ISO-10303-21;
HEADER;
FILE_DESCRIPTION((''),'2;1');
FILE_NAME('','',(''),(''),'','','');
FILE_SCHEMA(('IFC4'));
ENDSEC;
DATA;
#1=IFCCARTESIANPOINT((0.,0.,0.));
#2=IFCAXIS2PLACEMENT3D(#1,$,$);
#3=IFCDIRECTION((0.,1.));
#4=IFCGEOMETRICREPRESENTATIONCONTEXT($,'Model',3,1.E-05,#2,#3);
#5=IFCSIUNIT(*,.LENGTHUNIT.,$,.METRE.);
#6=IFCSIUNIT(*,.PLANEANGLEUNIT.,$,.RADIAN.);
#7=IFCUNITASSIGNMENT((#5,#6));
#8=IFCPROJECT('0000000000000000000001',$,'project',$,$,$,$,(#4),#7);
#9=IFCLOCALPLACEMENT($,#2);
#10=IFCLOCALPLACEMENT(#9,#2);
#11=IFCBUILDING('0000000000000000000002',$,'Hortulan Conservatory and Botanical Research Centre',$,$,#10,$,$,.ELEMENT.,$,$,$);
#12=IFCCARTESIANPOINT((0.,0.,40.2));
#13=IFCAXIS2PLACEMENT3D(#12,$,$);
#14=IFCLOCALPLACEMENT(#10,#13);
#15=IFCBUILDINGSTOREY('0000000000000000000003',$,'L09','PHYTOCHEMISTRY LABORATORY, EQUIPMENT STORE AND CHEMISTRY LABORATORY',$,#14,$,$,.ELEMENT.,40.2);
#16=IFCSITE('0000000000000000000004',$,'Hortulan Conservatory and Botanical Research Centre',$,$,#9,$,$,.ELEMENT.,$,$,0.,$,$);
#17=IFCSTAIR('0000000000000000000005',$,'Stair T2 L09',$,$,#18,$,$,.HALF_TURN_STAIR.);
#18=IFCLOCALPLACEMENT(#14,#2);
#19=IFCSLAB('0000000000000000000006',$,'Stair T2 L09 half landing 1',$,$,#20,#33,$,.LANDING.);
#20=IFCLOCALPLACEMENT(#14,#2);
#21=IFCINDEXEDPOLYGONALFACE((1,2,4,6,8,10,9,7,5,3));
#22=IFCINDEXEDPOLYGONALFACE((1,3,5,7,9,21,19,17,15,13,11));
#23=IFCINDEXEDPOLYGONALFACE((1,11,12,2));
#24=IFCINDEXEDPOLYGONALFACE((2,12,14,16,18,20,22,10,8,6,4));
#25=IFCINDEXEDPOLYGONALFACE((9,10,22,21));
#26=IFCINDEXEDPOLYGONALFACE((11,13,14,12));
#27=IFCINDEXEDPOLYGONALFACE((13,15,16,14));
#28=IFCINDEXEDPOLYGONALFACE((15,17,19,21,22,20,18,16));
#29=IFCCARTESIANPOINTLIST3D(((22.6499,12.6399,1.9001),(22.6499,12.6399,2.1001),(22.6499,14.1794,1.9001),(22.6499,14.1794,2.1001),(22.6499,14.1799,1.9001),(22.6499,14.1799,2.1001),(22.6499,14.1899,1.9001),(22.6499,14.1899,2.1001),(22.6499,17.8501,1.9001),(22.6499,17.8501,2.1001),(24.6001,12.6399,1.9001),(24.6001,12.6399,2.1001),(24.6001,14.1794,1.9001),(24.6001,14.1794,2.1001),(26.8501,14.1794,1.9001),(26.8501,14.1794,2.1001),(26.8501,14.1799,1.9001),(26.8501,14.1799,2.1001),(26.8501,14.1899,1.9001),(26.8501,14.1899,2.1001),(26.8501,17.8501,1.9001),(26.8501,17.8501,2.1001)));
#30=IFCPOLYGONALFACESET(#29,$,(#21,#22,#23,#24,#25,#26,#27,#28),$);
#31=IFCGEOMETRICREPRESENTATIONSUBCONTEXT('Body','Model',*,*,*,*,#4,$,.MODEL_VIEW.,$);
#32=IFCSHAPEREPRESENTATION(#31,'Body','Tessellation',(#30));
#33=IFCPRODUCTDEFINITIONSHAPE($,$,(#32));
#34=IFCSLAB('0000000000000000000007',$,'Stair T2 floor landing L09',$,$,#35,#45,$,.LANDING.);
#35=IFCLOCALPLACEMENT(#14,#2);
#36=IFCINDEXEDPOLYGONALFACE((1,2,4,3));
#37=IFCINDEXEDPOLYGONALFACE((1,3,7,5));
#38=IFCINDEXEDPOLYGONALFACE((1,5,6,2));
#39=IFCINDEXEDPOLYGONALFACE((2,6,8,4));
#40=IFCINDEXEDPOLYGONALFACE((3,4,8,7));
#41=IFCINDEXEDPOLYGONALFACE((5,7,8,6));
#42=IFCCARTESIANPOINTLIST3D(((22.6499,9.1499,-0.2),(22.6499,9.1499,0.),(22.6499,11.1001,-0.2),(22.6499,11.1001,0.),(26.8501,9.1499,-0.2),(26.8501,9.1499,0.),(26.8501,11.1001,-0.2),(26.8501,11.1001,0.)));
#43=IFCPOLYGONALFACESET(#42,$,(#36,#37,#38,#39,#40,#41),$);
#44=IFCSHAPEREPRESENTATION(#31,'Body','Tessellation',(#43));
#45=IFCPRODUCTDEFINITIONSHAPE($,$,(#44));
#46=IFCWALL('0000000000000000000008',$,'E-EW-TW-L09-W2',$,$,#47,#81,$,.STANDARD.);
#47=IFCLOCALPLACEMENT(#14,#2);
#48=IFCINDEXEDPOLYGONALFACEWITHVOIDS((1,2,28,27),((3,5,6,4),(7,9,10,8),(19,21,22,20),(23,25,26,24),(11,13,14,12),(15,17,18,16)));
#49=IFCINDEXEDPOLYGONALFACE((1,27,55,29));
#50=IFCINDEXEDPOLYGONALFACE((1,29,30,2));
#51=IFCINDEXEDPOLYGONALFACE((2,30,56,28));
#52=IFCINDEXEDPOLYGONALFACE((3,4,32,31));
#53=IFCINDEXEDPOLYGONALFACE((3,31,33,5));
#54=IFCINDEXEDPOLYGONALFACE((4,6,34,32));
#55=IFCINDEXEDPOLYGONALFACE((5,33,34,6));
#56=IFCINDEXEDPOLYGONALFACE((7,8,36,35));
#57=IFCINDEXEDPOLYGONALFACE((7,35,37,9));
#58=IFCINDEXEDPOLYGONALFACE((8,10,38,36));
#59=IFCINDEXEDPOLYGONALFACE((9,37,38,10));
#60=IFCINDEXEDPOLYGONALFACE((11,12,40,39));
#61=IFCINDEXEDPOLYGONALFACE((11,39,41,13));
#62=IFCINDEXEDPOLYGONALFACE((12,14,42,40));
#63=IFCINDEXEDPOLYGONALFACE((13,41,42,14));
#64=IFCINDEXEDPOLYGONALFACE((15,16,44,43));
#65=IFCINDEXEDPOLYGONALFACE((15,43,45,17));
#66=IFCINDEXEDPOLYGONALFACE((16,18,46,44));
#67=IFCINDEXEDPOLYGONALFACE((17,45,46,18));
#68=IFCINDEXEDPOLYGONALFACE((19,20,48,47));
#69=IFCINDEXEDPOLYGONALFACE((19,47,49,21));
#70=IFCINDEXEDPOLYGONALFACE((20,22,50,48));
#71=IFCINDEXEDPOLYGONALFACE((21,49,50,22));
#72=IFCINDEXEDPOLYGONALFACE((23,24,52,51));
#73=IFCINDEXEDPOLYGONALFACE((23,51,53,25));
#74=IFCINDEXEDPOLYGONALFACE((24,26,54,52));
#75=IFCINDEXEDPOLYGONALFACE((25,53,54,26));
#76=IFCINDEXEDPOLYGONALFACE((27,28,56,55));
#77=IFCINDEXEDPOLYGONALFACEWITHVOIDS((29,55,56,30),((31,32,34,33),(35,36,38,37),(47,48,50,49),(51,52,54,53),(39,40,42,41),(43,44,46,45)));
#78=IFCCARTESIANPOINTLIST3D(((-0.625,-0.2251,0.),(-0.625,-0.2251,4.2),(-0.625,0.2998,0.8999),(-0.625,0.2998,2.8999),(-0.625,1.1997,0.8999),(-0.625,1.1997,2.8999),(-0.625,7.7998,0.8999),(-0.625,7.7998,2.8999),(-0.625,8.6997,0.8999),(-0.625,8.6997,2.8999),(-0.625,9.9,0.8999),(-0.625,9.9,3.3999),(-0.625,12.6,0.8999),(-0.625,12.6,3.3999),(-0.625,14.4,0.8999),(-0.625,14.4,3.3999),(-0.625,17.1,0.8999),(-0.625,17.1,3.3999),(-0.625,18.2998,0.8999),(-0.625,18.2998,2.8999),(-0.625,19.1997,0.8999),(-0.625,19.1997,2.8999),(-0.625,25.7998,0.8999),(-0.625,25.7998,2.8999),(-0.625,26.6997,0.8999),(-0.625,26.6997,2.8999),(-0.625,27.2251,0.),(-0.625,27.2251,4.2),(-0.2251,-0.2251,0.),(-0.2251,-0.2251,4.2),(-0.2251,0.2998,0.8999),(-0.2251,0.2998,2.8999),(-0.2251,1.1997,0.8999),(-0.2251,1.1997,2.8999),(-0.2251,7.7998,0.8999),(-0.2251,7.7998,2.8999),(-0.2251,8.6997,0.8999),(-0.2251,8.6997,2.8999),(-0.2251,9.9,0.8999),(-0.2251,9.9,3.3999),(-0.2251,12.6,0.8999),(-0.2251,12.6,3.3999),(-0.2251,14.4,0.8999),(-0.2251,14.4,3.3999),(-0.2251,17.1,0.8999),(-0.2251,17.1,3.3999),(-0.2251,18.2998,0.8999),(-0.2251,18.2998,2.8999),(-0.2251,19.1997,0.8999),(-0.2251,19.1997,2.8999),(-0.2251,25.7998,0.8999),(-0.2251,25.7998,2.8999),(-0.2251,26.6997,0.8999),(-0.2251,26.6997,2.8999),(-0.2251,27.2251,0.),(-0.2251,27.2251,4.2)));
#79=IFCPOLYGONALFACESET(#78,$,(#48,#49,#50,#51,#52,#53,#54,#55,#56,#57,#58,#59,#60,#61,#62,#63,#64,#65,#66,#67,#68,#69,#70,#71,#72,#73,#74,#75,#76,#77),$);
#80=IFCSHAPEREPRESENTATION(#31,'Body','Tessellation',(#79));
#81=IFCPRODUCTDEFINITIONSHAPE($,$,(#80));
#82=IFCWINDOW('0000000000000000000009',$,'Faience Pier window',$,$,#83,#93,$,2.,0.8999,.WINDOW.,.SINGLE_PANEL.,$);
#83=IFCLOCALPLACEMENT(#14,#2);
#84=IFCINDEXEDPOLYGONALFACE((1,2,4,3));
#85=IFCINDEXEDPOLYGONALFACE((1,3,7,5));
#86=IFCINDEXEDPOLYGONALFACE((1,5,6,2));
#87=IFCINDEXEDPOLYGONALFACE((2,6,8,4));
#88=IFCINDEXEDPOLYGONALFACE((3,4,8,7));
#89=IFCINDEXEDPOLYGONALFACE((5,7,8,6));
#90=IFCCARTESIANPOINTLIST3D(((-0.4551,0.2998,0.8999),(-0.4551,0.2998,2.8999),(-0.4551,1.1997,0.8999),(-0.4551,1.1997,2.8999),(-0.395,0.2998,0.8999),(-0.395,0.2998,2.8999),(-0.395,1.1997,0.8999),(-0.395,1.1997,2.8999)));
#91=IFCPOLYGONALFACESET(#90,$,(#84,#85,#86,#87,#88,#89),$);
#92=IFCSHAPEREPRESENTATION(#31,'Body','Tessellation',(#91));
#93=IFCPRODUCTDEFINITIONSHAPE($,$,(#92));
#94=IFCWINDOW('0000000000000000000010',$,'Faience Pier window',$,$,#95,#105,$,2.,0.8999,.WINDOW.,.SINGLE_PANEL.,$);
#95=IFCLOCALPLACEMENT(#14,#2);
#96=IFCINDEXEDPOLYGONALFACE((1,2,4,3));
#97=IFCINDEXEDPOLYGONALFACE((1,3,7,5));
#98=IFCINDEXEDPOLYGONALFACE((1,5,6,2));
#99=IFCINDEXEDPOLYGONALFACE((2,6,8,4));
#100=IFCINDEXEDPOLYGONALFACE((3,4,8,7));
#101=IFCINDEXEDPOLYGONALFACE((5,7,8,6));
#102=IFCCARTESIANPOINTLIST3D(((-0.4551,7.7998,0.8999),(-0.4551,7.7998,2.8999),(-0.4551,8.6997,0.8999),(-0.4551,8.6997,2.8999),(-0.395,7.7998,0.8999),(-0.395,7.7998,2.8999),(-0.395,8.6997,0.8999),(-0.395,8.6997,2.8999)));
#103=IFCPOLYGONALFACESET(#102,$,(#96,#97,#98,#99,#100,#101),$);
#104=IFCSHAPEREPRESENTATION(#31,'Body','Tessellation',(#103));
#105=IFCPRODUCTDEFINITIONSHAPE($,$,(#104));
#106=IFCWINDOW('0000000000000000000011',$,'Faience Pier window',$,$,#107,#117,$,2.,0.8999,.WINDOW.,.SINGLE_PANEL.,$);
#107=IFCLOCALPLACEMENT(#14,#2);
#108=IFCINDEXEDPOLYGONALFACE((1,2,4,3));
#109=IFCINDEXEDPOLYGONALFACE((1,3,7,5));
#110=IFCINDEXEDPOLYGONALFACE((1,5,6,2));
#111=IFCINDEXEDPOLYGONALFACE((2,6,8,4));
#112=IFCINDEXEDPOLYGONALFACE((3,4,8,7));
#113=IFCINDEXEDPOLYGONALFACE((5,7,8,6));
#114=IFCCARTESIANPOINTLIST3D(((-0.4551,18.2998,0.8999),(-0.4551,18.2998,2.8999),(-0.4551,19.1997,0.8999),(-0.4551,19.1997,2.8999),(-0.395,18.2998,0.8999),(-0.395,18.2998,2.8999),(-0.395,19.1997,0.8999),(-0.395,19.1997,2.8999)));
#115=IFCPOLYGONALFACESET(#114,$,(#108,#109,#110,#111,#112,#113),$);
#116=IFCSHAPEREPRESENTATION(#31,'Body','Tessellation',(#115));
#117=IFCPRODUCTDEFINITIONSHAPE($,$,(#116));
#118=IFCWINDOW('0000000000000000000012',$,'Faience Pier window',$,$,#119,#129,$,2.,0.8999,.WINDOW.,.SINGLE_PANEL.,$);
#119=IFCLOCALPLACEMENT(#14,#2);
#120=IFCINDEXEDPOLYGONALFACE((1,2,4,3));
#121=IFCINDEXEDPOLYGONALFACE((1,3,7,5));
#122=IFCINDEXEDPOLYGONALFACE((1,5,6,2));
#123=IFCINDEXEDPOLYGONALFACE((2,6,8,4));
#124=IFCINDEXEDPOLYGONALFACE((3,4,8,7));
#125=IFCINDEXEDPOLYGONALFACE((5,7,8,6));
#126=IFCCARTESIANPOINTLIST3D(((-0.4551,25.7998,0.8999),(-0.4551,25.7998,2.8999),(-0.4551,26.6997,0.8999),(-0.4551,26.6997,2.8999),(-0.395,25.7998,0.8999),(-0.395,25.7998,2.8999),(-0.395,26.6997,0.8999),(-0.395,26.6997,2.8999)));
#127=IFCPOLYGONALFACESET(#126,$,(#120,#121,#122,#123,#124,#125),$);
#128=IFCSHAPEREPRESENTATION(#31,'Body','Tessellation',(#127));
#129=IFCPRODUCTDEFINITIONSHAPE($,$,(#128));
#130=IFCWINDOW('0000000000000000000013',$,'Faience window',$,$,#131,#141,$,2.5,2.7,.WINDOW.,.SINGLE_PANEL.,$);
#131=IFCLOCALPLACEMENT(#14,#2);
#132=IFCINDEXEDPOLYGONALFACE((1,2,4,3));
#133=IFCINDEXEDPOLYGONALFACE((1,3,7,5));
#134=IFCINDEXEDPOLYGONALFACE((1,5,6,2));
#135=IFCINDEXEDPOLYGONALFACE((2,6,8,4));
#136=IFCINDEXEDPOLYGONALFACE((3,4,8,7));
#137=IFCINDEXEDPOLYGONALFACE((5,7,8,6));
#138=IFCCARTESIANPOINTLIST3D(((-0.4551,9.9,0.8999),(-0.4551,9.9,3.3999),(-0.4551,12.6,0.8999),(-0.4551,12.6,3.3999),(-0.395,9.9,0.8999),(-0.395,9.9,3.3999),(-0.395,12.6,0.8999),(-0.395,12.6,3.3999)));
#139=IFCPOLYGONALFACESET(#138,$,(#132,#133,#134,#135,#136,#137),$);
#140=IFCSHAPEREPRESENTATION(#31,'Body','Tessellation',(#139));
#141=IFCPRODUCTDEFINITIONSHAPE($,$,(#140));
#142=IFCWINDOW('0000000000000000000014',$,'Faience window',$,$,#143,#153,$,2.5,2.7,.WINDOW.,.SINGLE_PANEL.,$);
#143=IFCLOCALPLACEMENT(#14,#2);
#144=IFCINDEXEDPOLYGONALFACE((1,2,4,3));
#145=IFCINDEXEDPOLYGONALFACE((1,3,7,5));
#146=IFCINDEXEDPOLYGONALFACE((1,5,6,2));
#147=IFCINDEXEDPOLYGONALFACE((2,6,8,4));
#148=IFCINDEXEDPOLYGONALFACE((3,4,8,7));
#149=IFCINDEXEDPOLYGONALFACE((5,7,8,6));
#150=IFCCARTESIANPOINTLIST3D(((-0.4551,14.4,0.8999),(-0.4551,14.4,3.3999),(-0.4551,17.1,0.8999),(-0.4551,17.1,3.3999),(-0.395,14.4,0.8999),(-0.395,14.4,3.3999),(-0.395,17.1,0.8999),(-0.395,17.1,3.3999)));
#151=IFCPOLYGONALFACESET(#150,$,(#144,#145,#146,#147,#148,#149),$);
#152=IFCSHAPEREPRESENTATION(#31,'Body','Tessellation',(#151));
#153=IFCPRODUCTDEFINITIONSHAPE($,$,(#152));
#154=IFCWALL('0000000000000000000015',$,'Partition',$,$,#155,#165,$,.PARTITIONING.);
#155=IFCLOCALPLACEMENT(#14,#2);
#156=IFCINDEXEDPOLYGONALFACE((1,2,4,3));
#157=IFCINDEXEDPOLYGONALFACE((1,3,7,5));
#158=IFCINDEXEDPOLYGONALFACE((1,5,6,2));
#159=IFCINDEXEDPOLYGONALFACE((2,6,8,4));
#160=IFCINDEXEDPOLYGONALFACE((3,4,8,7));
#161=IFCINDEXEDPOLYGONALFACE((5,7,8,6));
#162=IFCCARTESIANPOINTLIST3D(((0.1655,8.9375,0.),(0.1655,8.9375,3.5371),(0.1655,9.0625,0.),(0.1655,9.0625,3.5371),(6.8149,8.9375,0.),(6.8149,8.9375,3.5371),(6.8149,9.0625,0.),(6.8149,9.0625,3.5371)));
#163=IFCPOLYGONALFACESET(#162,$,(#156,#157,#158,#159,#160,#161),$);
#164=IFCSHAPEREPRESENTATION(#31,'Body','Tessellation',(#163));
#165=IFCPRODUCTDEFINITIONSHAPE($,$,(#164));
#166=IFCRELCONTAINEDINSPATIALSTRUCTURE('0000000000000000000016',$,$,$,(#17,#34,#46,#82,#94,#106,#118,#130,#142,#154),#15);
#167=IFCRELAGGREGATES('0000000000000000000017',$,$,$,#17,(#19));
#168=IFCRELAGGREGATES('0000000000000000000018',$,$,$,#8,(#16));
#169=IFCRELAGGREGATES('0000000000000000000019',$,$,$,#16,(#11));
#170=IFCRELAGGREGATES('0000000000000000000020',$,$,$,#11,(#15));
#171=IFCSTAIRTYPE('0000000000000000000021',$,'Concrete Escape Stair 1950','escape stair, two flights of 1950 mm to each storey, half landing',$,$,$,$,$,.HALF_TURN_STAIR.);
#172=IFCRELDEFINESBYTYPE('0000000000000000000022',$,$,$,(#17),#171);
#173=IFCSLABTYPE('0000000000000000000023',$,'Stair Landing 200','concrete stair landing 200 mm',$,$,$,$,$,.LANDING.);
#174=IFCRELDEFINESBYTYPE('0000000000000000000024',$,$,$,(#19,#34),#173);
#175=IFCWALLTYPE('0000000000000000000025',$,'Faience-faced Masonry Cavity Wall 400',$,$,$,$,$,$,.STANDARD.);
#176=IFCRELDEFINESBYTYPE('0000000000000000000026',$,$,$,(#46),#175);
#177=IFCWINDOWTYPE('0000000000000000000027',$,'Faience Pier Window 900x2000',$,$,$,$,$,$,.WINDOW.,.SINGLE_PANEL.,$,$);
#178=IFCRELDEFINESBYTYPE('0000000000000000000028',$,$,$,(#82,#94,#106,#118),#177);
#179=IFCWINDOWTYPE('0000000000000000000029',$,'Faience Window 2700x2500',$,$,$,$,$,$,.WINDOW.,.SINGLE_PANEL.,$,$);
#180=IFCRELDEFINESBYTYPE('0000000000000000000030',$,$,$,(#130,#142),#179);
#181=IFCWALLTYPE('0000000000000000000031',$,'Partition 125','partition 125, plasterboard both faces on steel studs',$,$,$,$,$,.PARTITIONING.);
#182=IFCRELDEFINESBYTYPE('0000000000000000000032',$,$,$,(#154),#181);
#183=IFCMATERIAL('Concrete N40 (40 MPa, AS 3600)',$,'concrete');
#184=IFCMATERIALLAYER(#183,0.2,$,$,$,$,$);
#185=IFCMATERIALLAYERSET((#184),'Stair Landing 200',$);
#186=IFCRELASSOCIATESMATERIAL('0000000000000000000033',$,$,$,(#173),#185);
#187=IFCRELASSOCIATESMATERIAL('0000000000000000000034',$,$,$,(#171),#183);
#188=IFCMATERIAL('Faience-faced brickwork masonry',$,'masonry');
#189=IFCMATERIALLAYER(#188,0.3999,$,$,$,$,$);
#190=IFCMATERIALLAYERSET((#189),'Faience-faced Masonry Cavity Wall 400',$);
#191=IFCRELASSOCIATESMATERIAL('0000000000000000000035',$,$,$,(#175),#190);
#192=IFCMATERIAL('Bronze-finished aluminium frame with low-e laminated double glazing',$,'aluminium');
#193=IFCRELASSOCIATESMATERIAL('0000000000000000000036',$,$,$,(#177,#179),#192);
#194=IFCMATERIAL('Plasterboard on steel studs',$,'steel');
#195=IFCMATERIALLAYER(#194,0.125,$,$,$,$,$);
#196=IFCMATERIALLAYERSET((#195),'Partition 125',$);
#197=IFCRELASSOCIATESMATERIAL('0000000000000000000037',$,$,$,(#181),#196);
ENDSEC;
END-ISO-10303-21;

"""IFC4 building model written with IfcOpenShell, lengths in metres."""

from ifc_helpers import new_model, si_unit, direction, frame, frame_2d, origin, place, context, subcontext, project, spatial, polyline, rectangle, outline, extrude, material, layer, layer_set, type_object, element, fill, aggregate, save


model = new_model("IFC4")

# Units and contexts
model_context = context("Model", 3, precision=1e-05, world=origin(), true_north=direction((0.0, 1.0)))
body_context = subcontext(model_context, "Body", "Model", "MODEL_VIEW")
ifc_project = project(units=[si_unit("LENGTHUNIT", "METRE"), si_unit("PLANEANGLEUNIT", "RADIAN")], contexts=[model_context])

# Site, building, storey
site_placement = place(None, origin())
site = spatial("IfcSite", under=ifc_project, at=site_placement, Name="Hortulan Conservatory and Botanical Research Centre", CompositionType="ELEMENT", RefElevation=0.0)
building_placement = place(site_placement, origin())
building = spatial("IfcBuilding", under=site, at=building_placement, Name="Hortulan Conservatory and Botanical Research Centre", CompositionType="ELEMENT")
storey_placement = place(building_placement, frame((0.0, 0.0, 40.2)))
storey = spatial("IfcBuildingStorey", under=building, at=storey_placement, Name="L09", Description="PHYTOCHEMISTRY LABORATORY, EQUIPMENT STORE AND CHEMISTRY LABORATORY", CompositionType="ELEMENT", Elevation=40.2)

# Shared definitions
ifc_material_1 = material(Name="Concrete N40 (40 MPa, AS 3600)", Category="concrete")
ifc_layer_1 = layer(ifc_material_1, 0.2)
ifc_layer_set_1 = layer_set([ifc_layer_1], Name="Stair Landing 200")
slab_type_1 = type_object("IfcSlabType", Name="Stair Landing 200", Description="concrete stair landing 200 mm", PredefinedType="LANDING", material=ifc_layer_set_1)

# Stair, slab
stair_type_1 = type_object("IfcStairType", Name="Concrete Escape Stair 1950", Description="escape stair, two flights of 1950 mm to each storey, half landing", PredefinedType="HALF_TURN_STAIR", material=ifc_material_1)
stair_1_placement = place(storey_placement, origin())
stair_1 = element("IfcStair", 1, at=stair_1_placement, inside=storey, type_object=stair_type_1, Name="Stair T2 L09", PredefinedType="HALF_TURN_STAIR")
slab_1_placement = place(storey_placement, frame((0.0, 0.0, 1.9001)))
slab_1 = element("IfcSlab", 2, at=slab_1_placement, type_object=slab_type_1, Name="Stair T2 L09 half landing 1", PredefinedType="LANDING", context=body_context, shape_type="SweptSolid", body=[
    extrude(outline(polyline([(26.8501, 14.1794), (24.6001, 14.1794), (24.6001, 12.6399), (22.6499, 12.6399), (22.6499, 14.1794), (22.6499, 14.1799), (22.6499, 14.1899), (22.6499, 17.8501), (26.8501, 17.8501), (26.8501, 14.1899), (26.8501, 14.1799), (26.8501, 14.1794)])), origin(), (0.0, 0.0, 1.0), 0.2),
])
aggregate(stair_1, [slab_1])

# Slab
slab_2_placement = place(storey_placement, frame((0.0, 0.0, -0.2)))
element("IfcSlab", 3, at=slab_2_placement, inside=storey, type_object=slab_type_1, Name="Stair T2 floor landing L09", PredefinedType="LANDING", context=body_context, shape_type="SweptSolid", body=[
    extrude(outline(polyline([(26.8501, 9.1499), (22.6499, 9.1499), (22.6499, 11.1001), (26.8501, 11.1001), (26.8501, 9.1499)])), origin(), (0.0, 0.0, 1.0), 0.2),
])

# Wall, openings, windows
ifc_material_2 = material(Name="Faience-faced brickwork masonry", Category="masonry")
ifc_layer_2 = layer(ifc_material_2, 0.3999)
ifc_layer_set_2 = layer_set([ifc_layer_2], Name="Faience-faced Masonry Cavity Wall 400")
wall_type_1 = type_object("IfcWallType", Name="Faience-faced Masonry Cavity Wall 400", PredefinedType="STANDARD", material=ifc_layer_set_2)
wall_1_placement = place(storey_placement, frame((-0.425, -0.2251, 0.0), z_axis=(0.0, 0.0, 1.0), x_axis=(0.0, 1.0, 0.0)))
wall_1 = element("IfcWall", 4, at=wall_1_placement, inside=storey, type_object=wall_type_1, Name="E-EW-TW-L09-W2", PredefinedType="STANDARD", context=body_context, shape_type="SweptSolid", body=[
    extrude(rectangle(XDim=27.4502, YDim=0.3999, at=frame_2d((13.7251, 0.0))), origin(), (0.0, 0.0, 1.0), 4.2),
])
opening_1_placement = place(wall_1_placement, frame((0.5249, 0.0, 0.8999)))
opening_1 = element("IfcOpeningElement", 5, at=opening_1_placement, cuts=wall_1, PredefinedType="OPENING", context=body_context, shape_type="SweptSolid", body=[
    extrude(rectangle(XDim=0.8999, YDim=2.0, at=frame_2d((0.45, 1.0))), frame((0.0, 0.21, 0.0), z_axis=(0.0, -1.0, 0.0), x_axis=(1.0, 0.0, 0.0)), (0.0, 0.0, 1.0), 0.4199),
])
opening_2_placement = place(wall_1_placement, frame((8.0249, 0.0, 0.8999)))
opening_2 = element("IfcOpeningElement", 6, at=opening_2_placement, cuts=wall_1, PredefinedType="OPENING", context=body_context, shape_type="SweptSolid", body=[
    extrude(rectangle(XDim=0.8999, YDim=2.0, at=frame_2d((0.45, 1.0))), frame((0.0, 0.21, 0.0), z_axis=(0.0, -1.0, 0.0), x_axis=(1.0, 0.0, 0.0)), (0.0, 0.0, 1.0), 0.4199),
])
opening_3_placement = place(wall_1_placement, frame((10.125, 0.0, 0.8999)))
opening_3 = element("IfcOpeningElement", 7, at=opening_3_placement, cuts=wall_1, PredefinedType="OPENING", context=body_context, shape_type="SweptSolid", body=[
    extrude(rectangle(XDim=2.7, YDim=2.5, at=frame_2d((1.3501, 1.25))), frame((0.0, 0.21, 0.0), z_axis=(0.0, -1.0, 0.0), x_axis=(1.0, 0.0, 0.0)), (0.0, 0.0, 1.0), 0.4199),
])
opening_4_placement = place(wall_1_placement, frame((14.625, 0.0, 0.8999)))
opening_4 = element("IfcOpeningElement", 8, at=opening_4_placement, cuts=wall_1, PredefinedType="OPENING", context=body_context, shape_type="SweptSolid", body=[
    extrude(rectangle(XDim=2.7, YDim=2.5, at=frame_2d((1.3501, 1.25))), frame((0.0, 0.21, 0.0), z_axis=(0.0, -1.0, 0.0), x_axis=(1.0, 0.0, 0.0)), (0.0, 0.0, 1.0), 0.4199),
])
opening_5_placement = place(wall_1_placement, frame((18.5249, 0.0, 0.8999)))
opening_5 = element("IfcOpeningElement", 9, at=opening_5_placement, cuts=wall_1, PredefinedType="OPENING", context=body_context, shape_type="SweptSolid", body=[
    extrude(rectangle(XDim=0.8999, YDim=2.0, at=frame_2d((0.45, 1.0))), frame((0.0, 0.21, 0.0), z_axis=(0.0, -1.0, 0.0), x_axis=(1.0, 0.0, 0.0)), (0.0, 0.0, 1.0), 0.4199),
])
opening_6_placement = place(wall_1_placement, frame((26.0249, 0.0, 0.8999)))
opening_6 = element("IfcOpeningElement", 10, at=opening_6_placement, cuts=wall_1, PredefinedType="OPENING", context=body_context, shape_type="SweptSolid", body=[
    extrude(rectangle(XDim=0.8999, YDim=2.0, at=frame_2d((0.45, 1.0))), frame((0.0, 0.21, 0.0), z_axis=(0.0, -1.0, 0.0), x_axis=(1.0, 0.0, 0.0)), (0.0, 0.0, 1.0), 0.4199),
])
ifc_material_3 = material(Name="Bronze-finished aluminium frame with low-e laminated double glazing", Category="aluminium")
window_type_1 = type_object("IfcWindowType", Name="Faience Pier Window 900x2000", PartitioningType="SINGLE_PANEL", PredefinedType="WINDOW", material=ifc_material_3)
window_1_placement = place(opening_1_placement, origin())
window_1 = element("IfcWindow", 11, at=window_1_placement, inside=storey, type_object=window_type_1, Name="Faience Pier window", OverallHeight=2.0, OverallWidth=0.8999, PartitioningType="SINGLE_PANEL", PredefinedType="WINDOW", context=body_context, shape_type="SweptSolid", body=[
    extrude(rectangle(XDim=0.8999, YDim=2.0, at=frame_2d((0.45, 1.0))), frame((0.0, 0.03, 0.0), z_axis=(0.0, -1.0, 0.0), x_axis=(1.0, 0.0, 0.0)), (0.0, 0.0, 1.0), 0.0601),
])
fill(opening_1, window_1)
window_2_placement = place(opening_2_placement, origin())
window_2 = element("IfcWindow", 12, at=window_2_placement, inside=storey, type_object=window_type_1, Name="Faience Pier window", OverallHeight=2.0, OverallWidth=0.8999, PartitioningType="SINGLE_PANEL", PredefinedType="WINDOW", context=body_context, shape_type="SweptSolid", body=[
    extrude(rectangle(XDim=0.8999, YDim=2.0, at=frame_2d((0.45, 1.0))), frame((0.0, 0.03, 0.0), z_axis=(0.0, -1.0, 0.0), x_axis=(1.0, 0.0, 0.0)), (0.0, 0.0, 1.0), 0.0601),
])
fill(opening_2, window_2)
window_3_placement = place(opening_5_placement, origin())
window_3 = element("IfcWindow", 13, at=window_3_placement, inside=storey, type_object=window_type_1, Name="Faience Pier window", OverallHeight=2.0, OverallWidth=0.8999, PartitioningType="SINGLE_PANEL", PredefinedType="WINDOW", context=body_context, shape_type="SweptSolid", body=[
    extrude(rectangle(XDim=0.8999, YDim=2.0, at=frame_2d((0.45, 1.0))), frame((0.0, 0.03, 0.0), z_axis=(0.0, -1.0, 0.0), x_axis=(1.0, 0.0, 0.0)), (0.0, 0.0, 1.0), 0.0601),
])
fill(opening_5, window_3)
window_4_placement = place(opening_6_placement, origin())
window_4 = element("IfcWindow", 14, at=window_4_placement, inside=storey, type_object=window_type_1, Name="Faience Pier window", OverallHeight=2.0, OverallWidth=0.8999, PartitioningType="SINGLE_PANEL", PredefinedType="WINDOW", context=body_context, shape_type="SweptSolid", body=[
    extrude(rectangle(XDim=0.8999, YDim=2.0, at=frame_2d((0.45, 1.0))), frame((0.0, 0.03, 0.0), z_axis=(0.0, -1.0, 0.0), x_axis=(1.0, 0.0, 0.0)), (0.0, 0.0, 1.0), 0.0601),
])
fill(opening_6, window_4)
window_type_2 = type_object("IfcWindowType", Name="Faience Window 2700x2500", PartitioningType="SINGLE_PANEL", PredefinedType="WINDOW", material=ifc_material_3)
window_5_placement = place(opening_3_placement, origin())
window_5 = element("IfcWindow", 15, at=window_5_placement, inside=storey, type_object=window_type_2, Name="Faience window", OverallHeight=2.5, OverallWidth=2.7, PartitioningType="SINGLE_PANEL", PredefinedType="WINDOW", context=body_context, shape_type="SweptSolid", body=[
    extrude(rectangle(XDim=2.7, YDim=2.5, at=frame_2d((1.3501, 1.25))), frame((0.0, 0.03, 0.0), z_axis=(0.0, -1.0, 0.0), x_axis=(1.0, 0.0, 0.0)), (0.0, 0.0, 1.0), 0.0601),
])
fill(opening_3, window_5)
window_6_placement = place(opening_4_placement, origin())
window_6 = element("IfcWindow", 16, at=window_6_placement, inside=storey, type_object=window_type_2, Name="Faience window", OverallHeight=2.5, OverallWidth=2.7, PartitioningType="SINGLE_PANEL", PredefinedType="WINDOW", context=body_context, shape_type="SweptSolid", body=[
    extrude(rectangle(XDim=2.7, YDim=2.5, at=frame_2d((1.3501, 1.25))), frame((0.0, 0.03, 0.0), z_axis=(0.0, -1.0, 0.0), x_axis=(1.0, 0.0, 0.0)), (0.0, 0.0, 1.0), 0.0601),
])
fill(opening_4, window_6)

# Wall
ifc_material_4 = material(Name="Plasterboard on steel studs", Category="steel")
ifc_layer_3 = layer(ifc_material_4, 0.125)
ifc_layer_set_3 = layer_set([ifc_layer_3], Name="Partition 125")
wall_type_2 = type_object("IfcWallType", Name="Partition 125", Description="partition 125, plasterboard both faces on steel studs", PredefinedType="PARTITIONING", material=ifc_layer_set_3)
wall_2_placement = place(storey_placement, frame((0.1655, 9.0, 0.0), z_axis=(0.0, 0.0, 1.0), x_axis=(1.0, 0.0, 0.0)))
element("IfcWall", 17, at=wall_2_placement, inside=storey, type_object=wall_type_2, Name="Partition", PredefinedType="PARTITIONING", context=body_context, shape_type="SweptSolid", body=[
    extrude(rectangle(XDim=6.6494, YDim=0.125, at=frame_2d((3.3247, 0.0))), origin(), (0.0, 0.0, 1.0), 3.5371),
])

save(model, "model.ifc")
